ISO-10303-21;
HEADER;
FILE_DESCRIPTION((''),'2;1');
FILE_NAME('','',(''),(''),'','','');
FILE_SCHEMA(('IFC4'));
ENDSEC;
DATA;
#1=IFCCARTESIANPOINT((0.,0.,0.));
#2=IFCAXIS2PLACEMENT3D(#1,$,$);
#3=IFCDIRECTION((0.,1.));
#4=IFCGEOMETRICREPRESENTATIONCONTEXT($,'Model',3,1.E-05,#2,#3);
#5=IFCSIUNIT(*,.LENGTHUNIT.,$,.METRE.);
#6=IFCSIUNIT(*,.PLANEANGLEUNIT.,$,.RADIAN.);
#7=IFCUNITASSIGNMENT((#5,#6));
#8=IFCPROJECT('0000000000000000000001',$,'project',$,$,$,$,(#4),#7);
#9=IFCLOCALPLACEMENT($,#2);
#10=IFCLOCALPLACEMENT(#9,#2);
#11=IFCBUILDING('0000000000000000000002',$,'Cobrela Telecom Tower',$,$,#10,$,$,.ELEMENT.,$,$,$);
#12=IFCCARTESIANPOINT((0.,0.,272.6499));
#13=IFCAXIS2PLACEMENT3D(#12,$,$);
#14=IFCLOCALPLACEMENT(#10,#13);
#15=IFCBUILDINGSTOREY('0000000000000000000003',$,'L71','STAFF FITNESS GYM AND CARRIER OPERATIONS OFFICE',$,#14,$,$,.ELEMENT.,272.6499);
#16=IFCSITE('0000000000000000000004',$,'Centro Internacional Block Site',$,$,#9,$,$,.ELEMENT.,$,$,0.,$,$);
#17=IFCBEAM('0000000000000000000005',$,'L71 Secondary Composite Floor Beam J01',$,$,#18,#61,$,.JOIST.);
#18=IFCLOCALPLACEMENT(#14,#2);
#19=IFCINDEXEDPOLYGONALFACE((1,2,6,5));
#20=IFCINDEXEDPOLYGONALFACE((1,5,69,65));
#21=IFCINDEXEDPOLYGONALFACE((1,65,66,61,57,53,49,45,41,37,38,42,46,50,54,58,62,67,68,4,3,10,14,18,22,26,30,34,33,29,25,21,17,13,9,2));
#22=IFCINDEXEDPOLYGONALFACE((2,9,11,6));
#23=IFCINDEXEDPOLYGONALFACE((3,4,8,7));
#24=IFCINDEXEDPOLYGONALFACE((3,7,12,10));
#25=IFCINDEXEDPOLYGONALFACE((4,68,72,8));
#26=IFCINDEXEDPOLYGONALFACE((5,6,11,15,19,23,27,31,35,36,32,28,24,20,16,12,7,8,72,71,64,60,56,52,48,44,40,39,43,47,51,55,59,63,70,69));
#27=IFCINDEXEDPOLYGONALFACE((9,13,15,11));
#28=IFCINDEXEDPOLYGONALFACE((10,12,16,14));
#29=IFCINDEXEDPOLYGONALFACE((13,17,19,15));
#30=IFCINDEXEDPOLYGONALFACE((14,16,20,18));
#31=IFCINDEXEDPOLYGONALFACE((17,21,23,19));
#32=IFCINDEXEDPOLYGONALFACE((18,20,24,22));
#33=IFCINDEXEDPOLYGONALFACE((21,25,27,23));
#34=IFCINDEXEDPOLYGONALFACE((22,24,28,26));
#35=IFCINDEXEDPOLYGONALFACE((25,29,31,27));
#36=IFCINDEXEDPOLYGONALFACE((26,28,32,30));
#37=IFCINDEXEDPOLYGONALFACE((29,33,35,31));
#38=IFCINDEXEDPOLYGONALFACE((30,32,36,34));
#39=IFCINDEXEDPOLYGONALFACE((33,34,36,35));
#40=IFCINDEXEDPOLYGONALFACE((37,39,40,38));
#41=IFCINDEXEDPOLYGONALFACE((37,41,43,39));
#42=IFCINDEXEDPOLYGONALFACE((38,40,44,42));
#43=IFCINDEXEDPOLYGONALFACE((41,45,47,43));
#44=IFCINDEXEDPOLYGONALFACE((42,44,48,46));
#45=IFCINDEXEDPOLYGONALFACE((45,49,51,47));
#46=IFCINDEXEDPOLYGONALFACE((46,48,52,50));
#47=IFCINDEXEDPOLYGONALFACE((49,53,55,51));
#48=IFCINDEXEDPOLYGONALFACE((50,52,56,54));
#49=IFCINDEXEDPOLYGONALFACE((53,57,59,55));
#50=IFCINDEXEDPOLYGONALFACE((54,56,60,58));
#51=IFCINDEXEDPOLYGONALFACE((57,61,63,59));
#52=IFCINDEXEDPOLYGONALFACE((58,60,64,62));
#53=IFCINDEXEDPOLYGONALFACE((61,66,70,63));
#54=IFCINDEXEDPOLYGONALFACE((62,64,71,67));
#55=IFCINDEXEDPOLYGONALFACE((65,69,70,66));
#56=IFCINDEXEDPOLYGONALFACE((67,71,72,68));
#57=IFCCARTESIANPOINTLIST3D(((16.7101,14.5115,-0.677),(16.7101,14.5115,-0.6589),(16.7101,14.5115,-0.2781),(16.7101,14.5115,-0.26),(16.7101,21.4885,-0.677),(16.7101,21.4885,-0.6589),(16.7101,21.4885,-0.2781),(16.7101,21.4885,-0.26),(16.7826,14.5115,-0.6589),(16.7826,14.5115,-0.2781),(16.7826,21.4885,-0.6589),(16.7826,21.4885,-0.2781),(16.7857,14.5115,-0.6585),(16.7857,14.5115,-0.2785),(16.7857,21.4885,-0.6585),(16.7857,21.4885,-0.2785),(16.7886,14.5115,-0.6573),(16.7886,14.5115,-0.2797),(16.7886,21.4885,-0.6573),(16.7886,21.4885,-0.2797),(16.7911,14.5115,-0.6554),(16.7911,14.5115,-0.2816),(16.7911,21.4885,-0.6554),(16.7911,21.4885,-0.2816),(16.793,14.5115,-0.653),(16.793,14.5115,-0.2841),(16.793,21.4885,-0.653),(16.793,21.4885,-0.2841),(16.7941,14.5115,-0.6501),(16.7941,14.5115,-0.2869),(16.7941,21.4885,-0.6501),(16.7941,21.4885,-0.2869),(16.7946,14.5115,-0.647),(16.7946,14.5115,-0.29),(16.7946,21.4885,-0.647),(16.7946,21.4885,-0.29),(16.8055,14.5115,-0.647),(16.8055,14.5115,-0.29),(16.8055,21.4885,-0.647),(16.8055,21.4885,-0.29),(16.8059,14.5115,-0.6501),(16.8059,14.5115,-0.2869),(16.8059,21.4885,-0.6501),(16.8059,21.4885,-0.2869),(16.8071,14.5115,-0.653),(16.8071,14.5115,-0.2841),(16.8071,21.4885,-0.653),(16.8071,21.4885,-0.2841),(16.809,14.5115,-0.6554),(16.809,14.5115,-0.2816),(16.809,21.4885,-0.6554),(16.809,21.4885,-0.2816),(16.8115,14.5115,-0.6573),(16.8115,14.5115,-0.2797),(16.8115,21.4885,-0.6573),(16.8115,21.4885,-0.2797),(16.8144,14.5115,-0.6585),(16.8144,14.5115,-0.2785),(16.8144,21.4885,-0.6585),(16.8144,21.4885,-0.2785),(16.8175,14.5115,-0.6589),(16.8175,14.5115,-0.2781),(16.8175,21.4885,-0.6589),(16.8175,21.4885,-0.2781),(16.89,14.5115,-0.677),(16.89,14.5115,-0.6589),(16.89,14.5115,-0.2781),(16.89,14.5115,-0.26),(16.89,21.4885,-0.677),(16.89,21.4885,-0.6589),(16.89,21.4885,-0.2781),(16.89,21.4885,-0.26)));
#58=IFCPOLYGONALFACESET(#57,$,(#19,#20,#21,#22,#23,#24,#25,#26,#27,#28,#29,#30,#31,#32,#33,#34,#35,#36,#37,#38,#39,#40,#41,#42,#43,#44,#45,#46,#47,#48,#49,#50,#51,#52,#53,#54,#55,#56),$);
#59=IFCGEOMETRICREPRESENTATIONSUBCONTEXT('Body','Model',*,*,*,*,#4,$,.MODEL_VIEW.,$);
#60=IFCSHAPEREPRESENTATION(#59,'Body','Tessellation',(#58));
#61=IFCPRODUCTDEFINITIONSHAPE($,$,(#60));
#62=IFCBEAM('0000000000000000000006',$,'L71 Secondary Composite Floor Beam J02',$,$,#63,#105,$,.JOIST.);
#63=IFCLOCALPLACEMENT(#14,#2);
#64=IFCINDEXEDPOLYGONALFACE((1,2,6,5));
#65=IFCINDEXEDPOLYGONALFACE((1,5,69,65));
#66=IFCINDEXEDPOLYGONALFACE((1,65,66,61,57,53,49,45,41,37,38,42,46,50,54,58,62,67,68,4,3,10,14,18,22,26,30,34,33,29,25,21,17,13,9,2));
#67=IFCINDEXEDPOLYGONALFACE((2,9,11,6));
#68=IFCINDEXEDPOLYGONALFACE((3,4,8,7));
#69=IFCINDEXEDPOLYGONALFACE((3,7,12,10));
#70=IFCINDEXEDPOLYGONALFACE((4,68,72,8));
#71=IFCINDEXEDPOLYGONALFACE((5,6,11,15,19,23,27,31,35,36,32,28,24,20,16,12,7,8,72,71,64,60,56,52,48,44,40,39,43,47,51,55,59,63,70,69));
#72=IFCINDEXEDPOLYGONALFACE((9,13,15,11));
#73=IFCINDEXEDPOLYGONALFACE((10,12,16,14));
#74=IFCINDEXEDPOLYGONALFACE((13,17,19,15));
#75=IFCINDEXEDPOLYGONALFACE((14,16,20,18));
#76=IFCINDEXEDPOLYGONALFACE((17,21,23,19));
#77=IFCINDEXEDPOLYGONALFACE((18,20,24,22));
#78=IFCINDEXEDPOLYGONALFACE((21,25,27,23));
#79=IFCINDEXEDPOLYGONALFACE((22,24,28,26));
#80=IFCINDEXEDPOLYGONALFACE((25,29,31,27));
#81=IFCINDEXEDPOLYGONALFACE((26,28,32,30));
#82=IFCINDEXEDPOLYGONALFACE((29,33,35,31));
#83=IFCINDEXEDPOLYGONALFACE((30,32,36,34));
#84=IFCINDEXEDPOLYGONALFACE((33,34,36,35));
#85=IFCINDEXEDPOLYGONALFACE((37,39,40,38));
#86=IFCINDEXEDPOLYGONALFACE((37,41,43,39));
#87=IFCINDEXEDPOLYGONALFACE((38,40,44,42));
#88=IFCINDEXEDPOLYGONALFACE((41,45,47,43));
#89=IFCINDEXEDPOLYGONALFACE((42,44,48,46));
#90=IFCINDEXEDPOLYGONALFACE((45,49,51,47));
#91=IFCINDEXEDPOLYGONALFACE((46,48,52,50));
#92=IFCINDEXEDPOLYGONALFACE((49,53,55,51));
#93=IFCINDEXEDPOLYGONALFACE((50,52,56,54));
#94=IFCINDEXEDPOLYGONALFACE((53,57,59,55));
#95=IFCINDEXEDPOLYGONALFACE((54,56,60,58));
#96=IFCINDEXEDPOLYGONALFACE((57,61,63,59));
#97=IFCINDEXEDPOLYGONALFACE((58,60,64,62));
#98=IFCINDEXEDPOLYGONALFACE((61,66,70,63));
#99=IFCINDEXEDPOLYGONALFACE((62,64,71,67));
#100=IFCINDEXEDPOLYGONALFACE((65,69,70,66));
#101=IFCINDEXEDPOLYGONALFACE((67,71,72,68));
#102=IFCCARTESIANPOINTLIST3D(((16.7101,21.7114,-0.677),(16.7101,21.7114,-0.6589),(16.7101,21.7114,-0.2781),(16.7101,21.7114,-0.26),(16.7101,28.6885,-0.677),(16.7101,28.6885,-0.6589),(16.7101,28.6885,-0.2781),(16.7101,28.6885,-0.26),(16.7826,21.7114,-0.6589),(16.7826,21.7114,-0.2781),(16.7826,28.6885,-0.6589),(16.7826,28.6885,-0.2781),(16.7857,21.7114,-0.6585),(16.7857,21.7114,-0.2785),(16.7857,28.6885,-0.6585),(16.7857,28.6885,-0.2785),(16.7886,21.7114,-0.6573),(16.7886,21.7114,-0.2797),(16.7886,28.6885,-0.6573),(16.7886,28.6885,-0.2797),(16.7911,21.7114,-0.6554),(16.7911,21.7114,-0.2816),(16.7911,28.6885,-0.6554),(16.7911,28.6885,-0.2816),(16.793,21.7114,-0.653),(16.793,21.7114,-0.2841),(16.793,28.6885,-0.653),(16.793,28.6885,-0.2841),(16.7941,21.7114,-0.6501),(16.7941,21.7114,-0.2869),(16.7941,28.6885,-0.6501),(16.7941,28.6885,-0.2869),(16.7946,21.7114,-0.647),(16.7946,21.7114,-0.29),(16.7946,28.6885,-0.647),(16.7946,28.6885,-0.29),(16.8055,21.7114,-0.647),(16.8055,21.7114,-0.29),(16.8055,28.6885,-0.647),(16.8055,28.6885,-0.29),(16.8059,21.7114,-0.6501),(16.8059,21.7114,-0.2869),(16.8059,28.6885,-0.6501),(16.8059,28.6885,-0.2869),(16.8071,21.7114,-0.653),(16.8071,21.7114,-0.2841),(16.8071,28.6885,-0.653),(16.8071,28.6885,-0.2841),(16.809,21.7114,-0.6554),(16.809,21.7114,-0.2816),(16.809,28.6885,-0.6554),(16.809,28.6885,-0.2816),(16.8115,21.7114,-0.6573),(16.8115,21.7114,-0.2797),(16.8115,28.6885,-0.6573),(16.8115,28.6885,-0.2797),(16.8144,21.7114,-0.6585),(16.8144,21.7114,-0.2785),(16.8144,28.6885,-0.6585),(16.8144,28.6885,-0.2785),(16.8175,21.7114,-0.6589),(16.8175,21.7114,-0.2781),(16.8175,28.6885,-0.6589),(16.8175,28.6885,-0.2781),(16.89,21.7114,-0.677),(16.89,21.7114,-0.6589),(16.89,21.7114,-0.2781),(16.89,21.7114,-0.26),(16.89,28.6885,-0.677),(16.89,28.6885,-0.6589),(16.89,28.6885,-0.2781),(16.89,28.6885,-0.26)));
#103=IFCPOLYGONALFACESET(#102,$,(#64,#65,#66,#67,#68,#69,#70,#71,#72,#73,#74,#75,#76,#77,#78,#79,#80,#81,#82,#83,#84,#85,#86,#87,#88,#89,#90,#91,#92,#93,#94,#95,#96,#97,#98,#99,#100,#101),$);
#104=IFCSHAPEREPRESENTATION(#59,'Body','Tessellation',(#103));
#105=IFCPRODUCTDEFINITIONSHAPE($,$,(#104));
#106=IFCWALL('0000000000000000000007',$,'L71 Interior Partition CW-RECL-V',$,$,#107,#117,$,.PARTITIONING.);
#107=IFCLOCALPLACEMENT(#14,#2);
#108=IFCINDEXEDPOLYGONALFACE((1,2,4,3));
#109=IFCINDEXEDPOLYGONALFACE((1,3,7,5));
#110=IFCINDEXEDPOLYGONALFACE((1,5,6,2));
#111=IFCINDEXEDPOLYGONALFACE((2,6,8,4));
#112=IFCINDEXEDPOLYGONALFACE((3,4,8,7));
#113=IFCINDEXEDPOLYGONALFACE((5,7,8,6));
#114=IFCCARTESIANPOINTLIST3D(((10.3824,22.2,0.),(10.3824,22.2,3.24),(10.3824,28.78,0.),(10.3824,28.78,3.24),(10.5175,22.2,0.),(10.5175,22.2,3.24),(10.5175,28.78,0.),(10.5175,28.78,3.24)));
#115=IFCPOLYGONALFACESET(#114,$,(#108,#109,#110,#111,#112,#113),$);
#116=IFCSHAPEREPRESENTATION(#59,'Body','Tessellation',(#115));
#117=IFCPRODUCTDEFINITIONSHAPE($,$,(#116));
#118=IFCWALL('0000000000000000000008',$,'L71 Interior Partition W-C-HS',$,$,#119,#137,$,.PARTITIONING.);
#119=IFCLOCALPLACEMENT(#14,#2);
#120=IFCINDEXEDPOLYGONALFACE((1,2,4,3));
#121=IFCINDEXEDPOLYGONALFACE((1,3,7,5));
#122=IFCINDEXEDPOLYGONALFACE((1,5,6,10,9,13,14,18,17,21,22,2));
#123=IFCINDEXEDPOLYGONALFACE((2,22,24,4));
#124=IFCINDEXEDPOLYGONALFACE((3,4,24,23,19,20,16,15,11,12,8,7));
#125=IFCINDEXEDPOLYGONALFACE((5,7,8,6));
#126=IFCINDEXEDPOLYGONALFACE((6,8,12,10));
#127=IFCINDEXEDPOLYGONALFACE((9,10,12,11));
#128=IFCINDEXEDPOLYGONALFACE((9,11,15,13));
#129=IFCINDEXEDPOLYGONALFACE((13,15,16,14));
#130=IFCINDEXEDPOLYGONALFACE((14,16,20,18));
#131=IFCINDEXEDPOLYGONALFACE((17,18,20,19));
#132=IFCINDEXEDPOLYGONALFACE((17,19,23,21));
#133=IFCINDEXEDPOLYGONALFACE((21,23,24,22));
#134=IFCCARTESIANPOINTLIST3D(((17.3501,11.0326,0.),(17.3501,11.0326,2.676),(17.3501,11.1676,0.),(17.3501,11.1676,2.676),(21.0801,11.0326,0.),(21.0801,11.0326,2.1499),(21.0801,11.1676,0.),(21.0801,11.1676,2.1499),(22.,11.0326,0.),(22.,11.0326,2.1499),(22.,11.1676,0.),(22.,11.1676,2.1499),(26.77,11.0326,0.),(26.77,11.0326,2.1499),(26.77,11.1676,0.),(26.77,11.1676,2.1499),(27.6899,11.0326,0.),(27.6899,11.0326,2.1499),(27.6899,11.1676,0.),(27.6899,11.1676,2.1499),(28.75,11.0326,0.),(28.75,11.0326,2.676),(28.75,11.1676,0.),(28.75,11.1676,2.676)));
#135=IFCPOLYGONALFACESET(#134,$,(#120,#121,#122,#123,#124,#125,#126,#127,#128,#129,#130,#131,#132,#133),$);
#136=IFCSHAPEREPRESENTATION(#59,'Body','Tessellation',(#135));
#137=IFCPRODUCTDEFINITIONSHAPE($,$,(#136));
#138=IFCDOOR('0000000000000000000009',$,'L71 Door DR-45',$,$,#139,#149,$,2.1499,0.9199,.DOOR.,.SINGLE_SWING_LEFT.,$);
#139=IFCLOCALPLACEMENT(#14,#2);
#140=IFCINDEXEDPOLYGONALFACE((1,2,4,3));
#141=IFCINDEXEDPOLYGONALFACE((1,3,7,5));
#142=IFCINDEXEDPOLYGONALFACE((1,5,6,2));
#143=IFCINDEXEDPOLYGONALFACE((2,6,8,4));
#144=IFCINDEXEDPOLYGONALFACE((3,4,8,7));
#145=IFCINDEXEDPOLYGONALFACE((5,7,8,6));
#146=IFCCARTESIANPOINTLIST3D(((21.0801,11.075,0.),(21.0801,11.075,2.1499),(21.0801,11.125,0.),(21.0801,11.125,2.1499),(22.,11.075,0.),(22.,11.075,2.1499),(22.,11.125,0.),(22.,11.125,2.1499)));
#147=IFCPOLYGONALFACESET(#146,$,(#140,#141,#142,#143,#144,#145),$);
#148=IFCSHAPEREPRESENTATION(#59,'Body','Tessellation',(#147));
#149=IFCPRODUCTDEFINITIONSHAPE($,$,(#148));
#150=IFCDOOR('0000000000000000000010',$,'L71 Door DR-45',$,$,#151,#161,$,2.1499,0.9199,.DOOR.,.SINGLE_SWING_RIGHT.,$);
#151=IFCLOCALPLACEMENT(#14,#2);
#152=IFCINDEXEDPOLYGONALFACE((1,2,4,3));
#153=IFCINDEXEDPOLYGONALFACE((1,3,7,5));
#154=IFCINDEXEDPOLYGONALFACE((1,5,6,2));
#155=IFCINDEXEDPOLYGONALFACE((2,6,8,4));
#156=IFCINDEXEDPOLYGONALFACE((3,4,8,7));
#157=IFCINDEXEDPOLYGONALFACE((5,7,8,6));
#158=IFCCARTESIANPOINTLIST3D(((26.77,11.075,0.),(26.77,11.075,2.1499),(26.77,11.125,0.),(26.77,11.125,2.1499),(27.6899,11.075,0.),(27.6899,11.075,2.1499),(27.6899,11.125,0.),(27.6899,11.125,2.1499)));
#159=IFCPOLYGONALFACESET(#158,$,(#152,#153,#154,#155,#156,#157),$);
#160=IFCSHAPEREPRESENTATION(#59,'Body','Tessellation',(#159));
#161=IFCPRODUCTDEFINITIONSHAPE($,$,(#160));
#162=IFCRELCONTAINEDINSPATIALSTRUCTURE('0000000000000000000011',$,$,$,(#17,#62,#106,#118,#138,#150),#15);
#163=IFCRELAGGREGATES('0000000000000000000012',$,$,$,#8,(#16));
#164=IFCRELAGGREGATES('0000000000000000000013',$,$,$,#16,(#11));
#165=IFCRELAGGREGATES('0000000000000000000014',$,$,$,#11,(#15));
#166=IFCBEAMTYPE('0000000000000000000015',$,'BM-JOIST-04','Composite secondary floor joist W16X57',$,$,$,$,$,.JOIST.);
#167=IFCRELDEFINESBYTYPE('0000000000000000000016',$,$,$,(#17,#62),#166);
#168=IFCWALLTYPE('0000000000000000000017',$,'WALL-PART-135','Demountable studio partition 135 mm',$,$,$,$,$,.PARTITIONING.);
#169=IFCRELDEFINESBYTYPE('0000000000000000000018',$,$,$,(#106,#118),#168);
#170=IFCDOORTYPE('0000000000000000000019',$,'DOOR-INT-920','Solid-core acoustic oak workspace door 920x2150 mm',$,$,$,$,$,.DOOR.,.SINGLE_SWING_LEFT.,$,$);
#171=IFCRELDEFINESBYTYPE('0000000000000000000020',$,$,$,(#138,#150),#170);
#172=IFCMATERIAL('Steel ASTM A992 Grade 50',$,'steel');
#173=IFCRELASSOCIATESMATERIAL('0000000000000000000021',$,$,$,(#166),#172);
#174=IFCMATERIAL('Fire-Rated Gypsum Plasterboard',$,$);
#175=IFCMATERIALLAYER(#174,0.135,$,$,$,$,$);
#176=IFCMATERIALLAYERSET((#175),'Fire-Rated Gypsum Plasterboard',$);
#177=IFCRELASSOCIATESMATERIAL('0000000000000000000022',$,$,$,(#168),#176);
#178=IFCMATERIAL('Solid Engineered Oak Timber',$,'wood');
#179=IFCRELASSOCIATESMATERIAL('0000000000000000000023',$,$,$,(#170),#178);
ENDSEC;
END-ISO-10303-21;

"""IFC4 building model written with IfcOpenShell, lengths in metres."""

from ifc_helpers import new_model, si_unit, direction, frame, frame_2d, origin, origin_2d, place, context, subcontext, project, spatial, rectangle, i_section, extrude, material, layer, layer_set, material_profile, profile_set, type_object, element, fill, save


model = new_model("IFC4")

# Units and contexts
model_context = context("Model", 3, precision=1e-05, world=origin(), true_north=direction((0.0, 1.0)))
body_context = subcontext(model_context, "Body", "Model", "MODEL_VIEW")
ifc_project = project(units=[si_unit("LENGTHUNIT", "METRE"), si_unit("PLANEANGLEUNIT", "RADIAN")], contexts=[model_context])

# Site, building, storey
site_placement = place(None, origin())
site = spatial("IfcSite", under=ifc_project, at=site_placement, Name="Centro Internacional Block Site", CompositionType="ELEMENT", RefElevation=0.0)
building_placement = place(site_placement, origin())
building = spatial("IfcBuilding", under=site, at=building_placement, Name="Cobrela Telecom Tower", CompositionType="ELEMENT")
storey_placement = place(building_placement, frame((0.0, 0.0, 272.6499)))
storey = spatial("IfcBuildingStorey", under=building, at=storey_placement, Name="L71", Description="STAFF FITNESS GYM AND CARRIER OPERATIONS OFFICE", CompositionType="ELEMENT", Elevation=272.6499)

# Beams
ifc_material_1 = material(Name="Steel ASTM A992 Grade 50", Category="steel")
ifc_material_profile_1 = material_profile(ifc_material_1, i_section(OverallWidth=0.1799, OverallDepth=0.417, WebThickness=0.011, FlangeThickness=0.0181, FilletRadius=0.012, at=origin_2d()), Name="W16X57")
ifc_profile_set_1 = profile_set([ifc_material_profile_1], Name="Steel ASTM A992 Grade 50")
beam_type_1 = type_object("IfcBeamType", Name="BM-JOIST-04", Description="Composite secondary floor joist W16X57", PredefinedType="JOIST", material=ifc_profile_set_1)
for number, where, z_axis, x_axis, name in (
    (1, (16.8, 14.5115, -0.4685), (0.0, 1.0, 0.0), (-1.0, 0.0, 0.0), "L71 Secondary Composite Floor Beam J01"),
    (2, (16.8, 21.7114, -0.4685), (0.0, 1.0, 0.0), (-1.0, 0.0, 0.0), "L71 Secondary Composite Floor Beam J02"),
):
    element("IfcBeam", number, at=place(storey_placement, frame(where, z_axis=z_axis, x_axis=x_axis)), inside=storey, type_object=beam_type_1, Name=name, PredefinedType="JOIST", context=body_context, shape_type="SweptSolid", body=[
        extrude(i_section(OverallWidth=0.1799, OverallDepth=0.417, WebThickness=0.011, FlangeThickness=0.0181, FilletRadius=0.012, at=origin_2d()), origin(), (0.0, 0.0, 1.0), 6.9771),
    ])

# Wall
ifc_material_2 = material(Name="Fire-Rated Gypsum Plasterboard")
ifc_layer_1 = layer(ifc_material_2, 0.135)
ifc_layer_set_1 = layer_set([ifc_layer_1], Name="Fire-Rated Gypsum Plasterboard")
wall_type_1 = type_object("IfcWallType", Name="WALL-PART-135", Description="Demountable studio partition 135 mm", PredefinedType="PARTITIONING", material=ifc_layer_set_1)
wall_1_placement = place(storey_placement, frame((10.45, 22.2, 0.0), z_axis=(0.0, 0.0, 1.0), x_axis=(0.0, 1.0, 0.0)))
element("IfcWall", 3, at=wall_1_placement, inside=storey, type_object=wall_type_1, Name="L71 Interior Partition CW-RECL-V", PredefinedType="PARTITIONING", context=body_context, shape_type="SweptSolid", body=[
    extrude(rectangle(XDim=6.5801, YDim=0.135, at=frame_2d((3.29, 0.0))), origin(), (0.0, 0.0, 1.0), 3.24),
])

# Wall, openings, doors
wall_2_placement = place(storey_placement, frame((17.3501, 11.1001, 0.0), z_axis=(0.0, 0.0, 1.0), x_axis=(1.0, 0.0, 0.0)))
wall_2 = element("IfcWall", 4, at=wall_2_placement, inside=storey, type_object=wall_type_1, Name="L71 Interior Partition W-C-HS", PredefinedType="PARTITIONING", context=body_context, shape_type="SweptSolid", body=[
    extrude(rectangle(XDim=11.3999, YDim=0.135, at=frame_2d((5.7, 0.0))), origin(), (0.0, 0.0, 1.0), 2.676),
])
opening_1_placement = place(wall_2_placement, frame((3.73, 0.0, 0.0)))
opening_1 = element("IfcOpeningElement", 5, at=opening_1_placement, cuts=wall_2, PredefinedType="OPENING", context=body_context, shape_type="SweptSolid", body=[
    extrude(rectangle(XDim=0.9199, YDim=2.1499, at=frame_2d((0.46, 1.075))), frame((0.0, 0.0796, 0.0), z_axis=(0.0, -1.0, 0.0), x_axis=(1.0, 0.0, 0.0)), (0.0, 0.0, 1.0), 0.1589),
])
opening_2_placement = place(wall_2_placement, frame((9.4199, 0.0, 0.0)))
opening_2 = element("IfcOpeningElement", 6, at=opening_2_placement, cuts=wall_2, PredefinedType="OPENING", context=body_context, shape_type="SweptSolid", body=[
    extrude(rectangle(XDim=0.9199, YDim=2.1499, at=frame_2d((0.46, 1.075))), frame((0.0, 0.0796, 0.0), z_axis=(0.0, -1.0, 0.0), x_axis=(1.0, 0.0, 0.0)), (0.0, 0.0, 1.0), 0.1589),
])
ifc_material_3 = material(Name="Solid Engineered Oak Timber", Category="wood")
door_type_1 = type_object("IfcDoorType", Name="DOOR-INT-920", Description="Solid-core acoustic oak workspace door 920x2150 mm", OperationType="SINGLE_SWING_LEFT", PredefinedType="DOOR", material=ifc_material_3)
door_1_placement = place(opening_1_placement, origin())
door_1 = element("IfcDoor", 7, at=door_1_placement, inside=storey, type_object=door_type_1, Name="L71 Door DR-45", OperationType="SINGLE_SWING_LEFT", OverallHeight=2.1499, OverallWidth=0.9199, PredefinedType="DOOR", context=body_context, shape_type="SweptSolid", body=[
    extrude(rectangle(XDim=0.9199, YDim=2.1499, at=frame_2d((0.46, 1.075))), frame((0.0, 0.0249, 0.0), z_axis=(0.0, -1.0, 0.0), x_axis=(1.0, 0.0, 0.0)), (0.0, 0.0, 1.0), 0.05),
])
fill(opening_1, door_1)
door_2_placement = place(opening_2_placement, origin())
door_2 = element("IfcDoor", 8, at=door_2_placement, inside=storey, type_object=door_type_1, Name="L71 Door DR-45", OperationType="SINGLE_SWING_RIGHT", OverallHeight=2.1499, OverallWidth=0.9199, PredefinedType="DOOR", context=body_context, shape_type="SweptSolid", body=[
    extrude(rectangle(XDim=0.9199, YDim=2.1499, at=frame_2d((0.46, 1.075))), frame((0.0, 0.0249, 0.0), z_axis=(0.0, -1.0, 0.0), x_axis=(1.0, 0.0, 0.0)), (0.0, 0.0, 1.0), 0.05),
])
fill(opening_2, door_2)

save(model, "model.ifc")
